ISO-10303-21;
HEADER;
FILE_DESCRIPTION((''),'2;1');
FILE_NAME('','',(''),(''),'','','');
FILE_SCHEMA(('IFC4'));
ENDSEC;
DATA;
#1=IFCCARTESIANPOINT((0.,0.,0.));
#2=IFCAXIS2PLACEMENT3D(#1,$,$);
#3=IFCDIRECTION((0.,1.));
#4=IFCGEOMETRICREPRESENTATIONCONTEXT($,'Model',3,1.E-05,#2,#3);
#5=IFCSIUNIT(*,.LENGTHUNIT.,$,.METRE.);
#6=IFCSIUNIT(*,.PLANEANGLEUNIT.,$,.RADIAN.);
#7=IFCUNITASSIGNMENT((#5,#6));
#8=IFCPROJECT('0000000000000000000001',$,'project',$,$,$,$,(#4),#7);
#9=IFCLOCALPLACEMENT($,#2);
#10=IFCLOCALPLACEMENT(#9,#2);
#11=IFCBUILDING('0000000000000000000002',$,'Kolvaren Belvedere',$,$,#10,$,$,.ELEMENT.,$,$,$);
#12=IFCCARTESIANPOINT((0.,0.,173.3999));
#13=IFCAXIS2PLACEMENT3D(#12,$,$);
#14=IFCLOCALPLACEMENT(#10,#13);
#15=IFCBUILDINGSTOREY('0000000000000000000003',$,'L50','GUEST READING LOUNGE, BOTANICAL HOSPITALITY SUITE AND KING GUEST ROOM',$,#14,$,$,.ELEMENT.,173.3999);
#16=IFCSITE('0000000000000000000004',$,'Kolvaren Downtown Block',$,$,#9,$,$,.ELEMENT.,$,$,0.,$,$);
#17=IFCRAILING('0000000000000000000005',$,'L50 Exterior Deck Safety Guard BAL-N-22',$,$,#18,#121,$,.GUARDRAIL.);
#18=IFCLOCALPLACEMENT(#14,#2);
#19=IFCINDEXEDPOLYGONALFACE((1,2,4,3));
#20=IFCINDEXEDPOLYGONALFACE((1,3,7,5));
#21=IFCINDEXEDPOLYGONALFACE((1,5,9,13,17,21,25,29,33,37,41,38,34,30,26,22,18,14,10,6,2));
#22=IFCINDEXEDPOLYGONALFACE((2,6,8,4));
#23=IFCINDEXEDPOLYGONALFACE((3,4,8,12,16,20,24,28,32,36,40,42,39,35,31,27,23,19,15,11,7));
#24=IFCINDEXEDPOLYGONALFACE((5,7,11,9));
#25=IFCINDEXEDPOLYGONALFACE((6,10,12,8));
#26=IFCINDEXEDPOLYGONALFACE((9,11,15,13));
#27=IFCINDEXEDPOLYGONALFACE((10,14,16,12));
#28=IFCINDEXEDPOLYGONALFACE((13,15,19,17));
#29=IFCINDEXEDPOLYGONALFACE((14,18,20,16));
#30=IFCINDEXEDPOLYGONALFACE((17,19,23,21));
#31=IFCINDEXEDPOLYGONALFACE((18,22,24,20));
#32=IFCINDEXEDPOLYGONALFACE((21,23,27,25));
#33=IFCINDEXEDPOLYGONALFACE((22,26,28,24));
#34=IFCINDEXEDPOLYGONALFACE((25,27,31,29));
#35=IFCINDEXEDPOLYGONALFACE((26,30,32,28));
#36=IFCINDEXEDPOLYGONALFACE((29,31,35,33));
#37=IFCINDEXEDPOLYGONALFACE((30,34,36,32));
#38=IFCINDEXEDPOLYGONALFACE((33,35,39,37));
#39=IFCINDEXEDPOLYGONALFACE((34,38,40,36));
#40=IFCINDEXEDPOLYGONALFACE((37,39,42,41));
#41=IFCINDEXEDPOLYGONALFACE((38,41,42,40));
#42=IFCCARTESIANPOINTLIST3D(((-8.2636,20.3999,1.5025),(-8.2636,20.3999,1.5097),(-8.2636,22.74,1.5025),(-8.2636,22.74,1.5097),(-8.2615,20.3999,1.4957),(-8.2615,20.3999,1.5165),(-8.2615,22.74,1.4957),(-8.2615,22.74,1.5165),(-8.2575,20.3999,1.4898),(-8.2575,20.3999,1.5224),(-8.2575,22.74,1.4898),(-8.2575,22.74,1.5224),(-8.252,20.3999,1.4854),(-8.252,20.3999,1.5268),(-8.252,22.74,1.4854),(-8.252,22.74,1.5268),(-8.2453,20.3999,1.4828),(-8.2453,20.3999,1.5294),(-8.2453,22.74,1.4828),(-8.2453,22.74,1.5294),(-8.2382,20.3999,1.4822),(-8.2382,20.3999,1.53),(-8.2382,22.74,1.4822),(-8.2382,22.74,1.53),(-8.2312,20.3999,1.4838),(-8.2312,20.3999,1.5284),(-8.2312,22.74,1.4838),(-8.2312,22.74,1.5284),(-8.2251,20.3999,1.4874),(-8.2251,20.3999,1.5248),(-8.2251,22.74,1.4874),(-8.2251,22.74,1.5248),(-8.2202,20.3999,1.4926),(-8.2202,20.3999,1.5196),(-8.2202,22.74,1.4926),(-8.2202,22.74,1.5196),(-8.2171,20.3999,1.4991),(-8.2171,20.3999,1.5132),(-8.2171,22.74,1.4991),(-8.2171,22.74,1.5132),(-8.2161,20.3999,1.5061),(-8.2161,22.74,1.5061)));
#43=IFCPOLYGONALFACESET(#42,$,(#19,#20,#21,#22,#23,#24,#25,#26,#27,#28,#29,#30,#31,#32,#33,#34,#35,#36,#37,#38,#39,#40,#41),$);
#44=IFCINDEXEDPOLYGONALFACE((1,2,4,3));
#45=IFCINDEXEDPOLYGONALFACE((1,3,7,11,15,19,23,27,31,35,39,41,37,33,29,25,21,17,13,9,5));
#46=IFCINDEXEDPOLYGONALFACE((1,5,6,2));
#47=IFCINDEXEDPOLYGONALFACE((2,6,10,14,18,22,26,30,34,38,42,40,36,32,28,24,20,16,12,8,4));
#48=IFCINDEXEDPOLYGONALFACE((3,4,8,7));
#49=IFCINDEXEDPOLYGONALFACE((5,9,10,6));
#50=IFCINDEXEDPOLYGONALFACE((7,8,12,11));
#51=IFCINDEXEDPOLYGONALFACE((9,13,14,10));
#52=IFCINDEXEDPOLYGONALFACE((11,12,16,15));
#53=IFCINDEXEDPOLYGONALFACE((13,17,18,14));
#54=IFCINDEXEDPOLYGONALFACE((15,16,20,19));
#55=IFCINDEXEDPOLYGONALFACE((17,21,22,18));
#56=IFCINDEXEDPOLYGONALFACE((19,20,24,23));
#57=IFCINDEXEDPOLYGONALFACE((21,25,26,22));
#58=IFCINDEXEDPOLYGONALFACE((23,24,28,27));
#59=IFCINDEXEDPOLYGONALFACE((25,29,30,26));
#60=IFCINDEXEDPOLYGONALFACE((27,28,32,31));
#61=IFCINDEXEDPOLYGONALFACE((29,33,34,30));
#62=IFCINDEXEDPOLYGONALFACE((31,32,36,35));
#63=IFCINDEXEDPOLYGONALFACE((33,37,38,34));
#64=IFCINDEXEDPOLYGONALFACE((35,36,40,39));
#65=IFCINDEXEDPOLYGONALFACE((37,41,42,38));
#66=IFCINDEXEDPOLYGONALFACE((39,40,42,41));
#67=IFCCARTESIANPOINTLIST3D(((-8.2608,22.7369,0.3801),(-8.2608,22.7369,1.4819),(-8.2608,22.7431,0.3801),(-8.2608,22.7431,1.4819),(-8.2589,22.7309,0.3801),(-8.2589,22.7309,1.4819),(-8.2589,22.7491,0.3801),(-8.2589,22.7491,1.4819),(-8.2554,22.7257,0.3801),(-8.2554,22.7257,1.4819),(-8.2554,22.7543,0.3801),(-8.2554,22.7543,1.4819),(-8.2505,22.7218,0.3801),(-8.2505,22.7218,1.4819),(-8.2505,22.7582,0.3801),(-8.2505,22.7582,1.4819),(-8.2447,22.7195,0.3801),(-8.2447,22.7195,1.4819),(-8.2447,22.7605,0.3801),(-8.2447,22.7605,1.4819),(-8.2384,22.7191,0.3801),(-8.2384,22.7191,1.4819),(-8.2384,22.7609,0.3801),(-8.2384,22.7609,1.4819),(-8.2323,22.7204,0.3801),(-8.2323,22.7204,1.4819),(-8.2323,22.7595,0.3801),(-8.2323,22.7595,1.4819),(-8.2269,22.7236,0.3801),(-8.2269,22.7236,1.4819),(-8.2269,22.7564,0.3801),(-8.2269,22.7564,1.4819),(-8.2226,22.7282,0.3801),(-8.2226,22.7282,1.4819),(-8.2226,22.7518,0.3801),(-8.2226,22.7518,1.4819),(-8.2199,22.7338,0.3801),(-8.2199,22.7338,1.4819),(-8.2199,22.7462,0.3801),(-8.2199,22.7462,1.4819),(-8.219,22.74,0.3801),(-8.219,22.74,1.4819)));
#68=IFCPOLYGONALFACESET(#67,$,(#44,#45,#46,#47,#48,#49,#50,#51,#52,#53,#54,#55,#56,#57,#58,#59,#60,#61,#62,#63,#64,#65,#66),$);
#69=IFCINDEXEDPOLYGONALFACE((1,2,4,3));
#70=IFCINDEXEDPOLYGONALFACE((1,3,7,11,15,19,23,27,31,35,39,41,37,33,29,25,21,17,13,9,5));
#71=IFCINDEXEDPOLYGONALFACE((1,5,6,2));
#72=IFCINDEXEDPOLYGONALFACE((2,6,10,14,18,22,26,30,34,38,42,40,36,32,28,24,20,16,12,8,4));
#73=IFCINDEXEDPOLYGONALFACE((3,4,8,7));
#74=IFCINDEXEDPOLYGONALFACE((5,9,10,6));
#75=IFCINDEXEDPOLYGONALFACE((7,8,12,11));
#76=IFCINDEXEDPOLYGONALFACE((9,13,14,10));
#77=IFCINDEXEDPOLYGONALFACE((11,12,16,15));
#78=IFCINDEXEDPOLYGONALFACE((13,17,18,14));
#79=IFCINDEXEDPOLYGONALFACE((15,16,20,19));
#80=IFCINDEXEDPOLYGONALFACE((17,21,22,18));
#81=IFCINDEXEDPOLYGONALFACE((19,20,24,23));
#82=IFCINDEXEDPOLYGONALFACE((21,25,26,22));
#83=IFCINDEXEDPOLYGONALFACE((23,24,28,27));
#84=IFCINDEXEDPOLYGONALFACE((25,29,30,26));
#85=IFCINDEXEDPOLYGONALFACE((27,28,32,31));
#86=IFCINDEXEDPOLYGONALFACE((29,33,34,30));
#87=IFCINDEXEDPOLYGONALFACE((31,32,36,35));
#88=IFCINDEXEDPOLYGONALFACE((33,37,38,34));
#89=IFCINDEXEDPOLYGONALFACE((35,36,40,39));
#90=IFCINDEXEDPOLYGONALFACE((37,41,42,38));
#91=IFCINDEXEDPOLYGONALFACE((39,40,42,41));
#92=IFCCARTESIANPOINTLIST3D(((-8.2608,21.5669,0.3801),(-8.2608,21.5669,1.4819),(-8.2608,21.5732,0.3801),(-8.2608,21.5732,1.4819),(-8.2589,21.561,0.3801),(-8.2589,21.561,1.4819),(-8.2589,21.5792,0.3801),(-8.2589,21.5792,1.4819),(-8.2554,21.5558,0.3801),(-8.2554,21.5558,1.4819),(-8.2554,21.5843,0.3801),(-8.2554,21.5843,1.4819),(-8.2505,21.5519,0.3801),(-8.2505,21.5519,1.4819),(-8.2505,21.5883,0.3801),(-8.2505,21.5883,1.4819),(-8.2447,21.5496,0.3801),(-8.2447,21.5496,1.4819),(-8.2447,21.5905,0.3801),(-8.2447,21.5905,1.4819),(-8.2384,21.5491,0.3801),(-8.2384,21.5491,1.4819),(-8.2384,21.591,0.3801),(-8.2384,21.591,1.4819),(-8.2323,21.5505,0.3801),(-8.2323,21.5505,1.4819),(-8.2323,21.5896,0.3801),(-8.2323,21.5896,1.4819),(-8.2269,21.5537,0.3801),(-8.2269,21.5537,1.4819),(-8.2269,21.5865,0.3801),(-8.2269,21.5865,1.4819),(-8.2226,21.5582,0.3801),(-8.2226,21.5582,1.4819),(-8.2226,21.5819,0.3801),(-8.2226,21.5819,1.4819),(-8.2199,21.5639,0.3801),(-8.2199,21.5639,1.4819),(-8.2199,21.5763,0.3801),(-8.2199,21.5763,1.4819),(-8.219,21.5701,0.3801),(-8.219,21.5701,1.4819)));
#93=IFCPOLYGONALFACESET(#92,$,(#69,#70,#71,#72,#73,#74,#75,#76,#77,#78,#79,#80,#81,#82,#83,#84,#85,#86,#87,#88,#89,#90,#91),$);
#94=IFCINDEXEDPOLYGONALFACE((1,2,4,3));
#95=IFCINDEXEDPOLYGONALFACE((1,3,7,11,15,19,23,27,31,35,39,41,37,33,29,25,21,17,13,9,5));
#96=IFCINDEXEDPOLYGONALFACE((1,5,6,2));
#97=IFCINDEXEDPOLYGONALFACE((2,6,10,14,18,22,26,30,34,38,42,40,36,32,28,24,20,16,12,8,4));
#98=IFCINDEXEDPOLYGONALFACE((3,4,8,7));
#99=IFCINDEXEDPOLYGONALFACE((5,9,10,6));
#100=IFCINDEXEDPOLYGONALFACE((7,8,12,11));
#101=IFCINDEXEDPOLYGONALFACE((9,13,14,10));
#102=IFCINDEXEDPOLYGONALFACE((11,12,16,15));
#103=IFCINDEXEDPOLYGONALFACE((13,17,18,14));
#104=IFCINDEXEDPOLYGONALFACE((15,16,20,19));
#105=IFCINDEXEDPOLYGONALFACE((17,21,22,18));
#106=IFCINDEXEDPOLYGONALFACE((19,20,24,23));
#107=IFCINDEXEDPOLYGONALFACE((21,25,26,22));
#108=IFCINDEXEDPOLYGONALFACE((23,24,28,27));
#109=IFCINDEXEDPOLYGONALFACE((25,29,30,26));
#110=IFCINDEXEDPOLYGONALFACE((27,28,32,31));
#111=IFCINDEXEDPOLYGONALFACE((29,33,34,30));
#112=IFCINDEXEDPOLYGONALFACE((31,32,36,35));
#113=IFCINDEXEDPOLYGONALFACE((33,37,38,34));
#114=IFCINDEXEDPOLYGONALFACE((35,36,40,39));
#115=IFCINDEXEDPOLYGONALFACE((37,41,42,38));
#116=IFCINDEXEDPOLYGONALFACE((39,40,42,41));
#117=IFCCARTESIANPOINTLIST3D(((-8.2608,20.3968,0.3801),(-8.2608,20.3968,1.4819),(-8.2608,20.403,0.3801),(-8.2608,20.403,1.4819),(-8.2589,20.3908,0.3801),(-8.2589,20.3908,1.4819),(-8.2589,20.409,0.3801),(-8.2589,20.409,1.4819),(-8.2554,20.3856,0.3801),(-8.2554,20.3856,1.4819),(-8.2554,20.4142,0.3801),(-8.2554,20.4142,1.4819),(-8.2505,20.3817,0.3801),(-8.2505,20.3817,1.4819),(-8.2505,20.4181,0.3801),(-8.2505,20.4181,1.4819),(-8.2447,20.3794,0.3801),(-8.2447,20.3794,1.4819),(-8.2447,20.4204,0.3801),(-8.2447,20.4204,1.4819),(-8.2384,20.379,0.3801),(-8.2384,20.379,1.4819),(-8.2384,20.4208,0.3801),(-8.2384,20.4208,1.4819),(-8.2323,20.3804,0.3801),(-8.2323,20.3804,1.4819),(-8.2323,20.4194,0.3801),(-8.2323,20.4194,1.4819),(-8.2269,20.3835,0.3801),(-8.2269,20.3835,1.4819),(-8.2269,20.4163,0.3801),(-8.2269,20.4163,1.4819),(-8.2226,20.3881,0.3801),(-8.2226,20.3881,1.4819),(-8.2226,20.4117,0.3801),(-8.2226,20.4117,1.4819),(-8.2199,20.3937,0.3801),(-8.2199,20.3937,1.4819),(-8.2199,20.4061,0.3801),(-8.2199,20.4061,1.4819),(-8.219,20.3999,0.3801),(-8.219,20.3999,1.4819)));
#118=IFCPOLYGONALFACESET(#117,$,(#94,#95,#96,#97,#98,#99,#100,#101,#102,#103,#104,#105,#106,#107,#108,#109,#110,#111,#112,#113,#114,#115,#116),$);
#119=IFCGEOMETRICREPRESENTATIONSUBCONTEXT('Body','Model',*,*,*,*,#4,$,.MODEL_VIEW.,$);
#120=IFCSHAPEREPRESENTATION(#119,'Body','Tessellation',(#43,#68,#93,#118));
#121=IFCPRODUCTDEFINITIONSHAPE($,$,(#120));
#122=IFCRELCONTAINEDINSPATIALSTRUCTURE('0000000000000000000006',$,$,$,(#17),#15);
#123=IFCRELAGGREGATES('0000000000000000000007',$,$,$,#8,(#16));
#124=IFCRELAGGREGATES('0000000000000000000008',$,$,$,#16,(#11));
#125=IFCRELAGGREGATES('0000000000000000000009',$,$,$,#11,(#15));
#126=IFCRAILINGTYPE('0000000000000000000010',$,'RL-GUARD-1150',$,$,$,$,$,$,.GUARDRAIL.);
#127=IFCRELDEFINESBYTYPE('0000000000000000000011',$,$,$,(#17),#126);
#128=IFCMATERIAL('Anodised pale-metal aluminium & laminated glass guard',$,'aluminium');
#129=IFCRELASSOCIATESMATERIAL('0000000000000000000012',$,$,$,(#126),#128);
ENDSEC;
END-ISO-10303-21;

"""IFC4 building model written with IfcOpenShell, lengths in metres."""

from ifc_helpers import new_model, si_unit, direction, frame, origin, origin_2d, place, context, subcontext, project, spatial, circle, extrude, material, type_object, element, save


model = new_model("IFC4")

# Units and contexts
model_context = context("Model", 3, precision=1e-05, world=origin(), true_north=direction((0.0, 1.0)))
body_context = subcontext(model_context, "Body", "Model", "MODEL_VIEW")
ifc_project = project(units=[si_unit("LENGTHUNIT", "METRE"), si_unit("PLANEANGLEUNIT", "RADIAN")], contexts=[model_context])

# Site, building, storey
site_placement = place(None, origin())
site = spatial("IfcSite", under=ifc_project, at=site_placement, Name="Kolvaren Downtown Block", CompositionType="ELEMENT", RefElevation=0.0)
building_placement = place(site_placement, origin())
building = spatial("IfcBuilding", under=site, at=building_placement, Name="Kolvaren Belvedere", CompositionType="ELEMENT")
storey_placement = place(building_placement, frame((0.0, 0.0, 173.3999)))
storey = spatial("IfcBuildingStorey", under=building, at=storey_placement, Name="L50", Description="GUEST READING LOUNGE, BOTANICAL HOSPITALITY SUITE AND KING GUEST ROOM", CompositionType="ELEMENT", Elevation=173.3999)

# Railing
ifc_material_1 = material(Name="Anodised pale-metal aluminium & laminated glass guard", Category="aluminium")
railing_type = type_object("IfcRailingType", Name="RL-GUARD-1150", PredefinedType="GUARDRAIL", material=ifc_material_1)
railing_1_placement = place(storey_placement, frame((-8.24, 22.74, 0.3801)))
element("IfcRailing", 1, at=railing_1_placement, inside=storey, type_object=railing_type, Name="L50 Exterior Deck Safety Guard BAL-N-22", PredefinedType="GUARDRAIL", context=body_context, shape_type="SweptSolid", body=[
    extrude(circle(Radius=0.0239, at=origin_2d()), frame((0.0, 0.0, 1.126), z_axis=(0.0, -1.0, 0.0), x_axis=(1.0, 0.0, 0.0)), (0.0, 0.0, 1.0), 2.3401),
    extrude(circle(Radius=0.021, at=origin_2d()), origin(), (0.0, 0.0, 1.0), 1.1018),
    extrude(circle(Radius=0.021, at=origin_2d()), frame((0.0, -1.1699, 0.0)), (0.0, 0.0, 1.0), 1.1018),
    extrude(circle(Radius=0.021, at=origin_2d()), frame((0.0, -2.3401, 0.0)), (0.0, 0.0, 1.0), 1.1018),
])

save(model, "model.ifc")
